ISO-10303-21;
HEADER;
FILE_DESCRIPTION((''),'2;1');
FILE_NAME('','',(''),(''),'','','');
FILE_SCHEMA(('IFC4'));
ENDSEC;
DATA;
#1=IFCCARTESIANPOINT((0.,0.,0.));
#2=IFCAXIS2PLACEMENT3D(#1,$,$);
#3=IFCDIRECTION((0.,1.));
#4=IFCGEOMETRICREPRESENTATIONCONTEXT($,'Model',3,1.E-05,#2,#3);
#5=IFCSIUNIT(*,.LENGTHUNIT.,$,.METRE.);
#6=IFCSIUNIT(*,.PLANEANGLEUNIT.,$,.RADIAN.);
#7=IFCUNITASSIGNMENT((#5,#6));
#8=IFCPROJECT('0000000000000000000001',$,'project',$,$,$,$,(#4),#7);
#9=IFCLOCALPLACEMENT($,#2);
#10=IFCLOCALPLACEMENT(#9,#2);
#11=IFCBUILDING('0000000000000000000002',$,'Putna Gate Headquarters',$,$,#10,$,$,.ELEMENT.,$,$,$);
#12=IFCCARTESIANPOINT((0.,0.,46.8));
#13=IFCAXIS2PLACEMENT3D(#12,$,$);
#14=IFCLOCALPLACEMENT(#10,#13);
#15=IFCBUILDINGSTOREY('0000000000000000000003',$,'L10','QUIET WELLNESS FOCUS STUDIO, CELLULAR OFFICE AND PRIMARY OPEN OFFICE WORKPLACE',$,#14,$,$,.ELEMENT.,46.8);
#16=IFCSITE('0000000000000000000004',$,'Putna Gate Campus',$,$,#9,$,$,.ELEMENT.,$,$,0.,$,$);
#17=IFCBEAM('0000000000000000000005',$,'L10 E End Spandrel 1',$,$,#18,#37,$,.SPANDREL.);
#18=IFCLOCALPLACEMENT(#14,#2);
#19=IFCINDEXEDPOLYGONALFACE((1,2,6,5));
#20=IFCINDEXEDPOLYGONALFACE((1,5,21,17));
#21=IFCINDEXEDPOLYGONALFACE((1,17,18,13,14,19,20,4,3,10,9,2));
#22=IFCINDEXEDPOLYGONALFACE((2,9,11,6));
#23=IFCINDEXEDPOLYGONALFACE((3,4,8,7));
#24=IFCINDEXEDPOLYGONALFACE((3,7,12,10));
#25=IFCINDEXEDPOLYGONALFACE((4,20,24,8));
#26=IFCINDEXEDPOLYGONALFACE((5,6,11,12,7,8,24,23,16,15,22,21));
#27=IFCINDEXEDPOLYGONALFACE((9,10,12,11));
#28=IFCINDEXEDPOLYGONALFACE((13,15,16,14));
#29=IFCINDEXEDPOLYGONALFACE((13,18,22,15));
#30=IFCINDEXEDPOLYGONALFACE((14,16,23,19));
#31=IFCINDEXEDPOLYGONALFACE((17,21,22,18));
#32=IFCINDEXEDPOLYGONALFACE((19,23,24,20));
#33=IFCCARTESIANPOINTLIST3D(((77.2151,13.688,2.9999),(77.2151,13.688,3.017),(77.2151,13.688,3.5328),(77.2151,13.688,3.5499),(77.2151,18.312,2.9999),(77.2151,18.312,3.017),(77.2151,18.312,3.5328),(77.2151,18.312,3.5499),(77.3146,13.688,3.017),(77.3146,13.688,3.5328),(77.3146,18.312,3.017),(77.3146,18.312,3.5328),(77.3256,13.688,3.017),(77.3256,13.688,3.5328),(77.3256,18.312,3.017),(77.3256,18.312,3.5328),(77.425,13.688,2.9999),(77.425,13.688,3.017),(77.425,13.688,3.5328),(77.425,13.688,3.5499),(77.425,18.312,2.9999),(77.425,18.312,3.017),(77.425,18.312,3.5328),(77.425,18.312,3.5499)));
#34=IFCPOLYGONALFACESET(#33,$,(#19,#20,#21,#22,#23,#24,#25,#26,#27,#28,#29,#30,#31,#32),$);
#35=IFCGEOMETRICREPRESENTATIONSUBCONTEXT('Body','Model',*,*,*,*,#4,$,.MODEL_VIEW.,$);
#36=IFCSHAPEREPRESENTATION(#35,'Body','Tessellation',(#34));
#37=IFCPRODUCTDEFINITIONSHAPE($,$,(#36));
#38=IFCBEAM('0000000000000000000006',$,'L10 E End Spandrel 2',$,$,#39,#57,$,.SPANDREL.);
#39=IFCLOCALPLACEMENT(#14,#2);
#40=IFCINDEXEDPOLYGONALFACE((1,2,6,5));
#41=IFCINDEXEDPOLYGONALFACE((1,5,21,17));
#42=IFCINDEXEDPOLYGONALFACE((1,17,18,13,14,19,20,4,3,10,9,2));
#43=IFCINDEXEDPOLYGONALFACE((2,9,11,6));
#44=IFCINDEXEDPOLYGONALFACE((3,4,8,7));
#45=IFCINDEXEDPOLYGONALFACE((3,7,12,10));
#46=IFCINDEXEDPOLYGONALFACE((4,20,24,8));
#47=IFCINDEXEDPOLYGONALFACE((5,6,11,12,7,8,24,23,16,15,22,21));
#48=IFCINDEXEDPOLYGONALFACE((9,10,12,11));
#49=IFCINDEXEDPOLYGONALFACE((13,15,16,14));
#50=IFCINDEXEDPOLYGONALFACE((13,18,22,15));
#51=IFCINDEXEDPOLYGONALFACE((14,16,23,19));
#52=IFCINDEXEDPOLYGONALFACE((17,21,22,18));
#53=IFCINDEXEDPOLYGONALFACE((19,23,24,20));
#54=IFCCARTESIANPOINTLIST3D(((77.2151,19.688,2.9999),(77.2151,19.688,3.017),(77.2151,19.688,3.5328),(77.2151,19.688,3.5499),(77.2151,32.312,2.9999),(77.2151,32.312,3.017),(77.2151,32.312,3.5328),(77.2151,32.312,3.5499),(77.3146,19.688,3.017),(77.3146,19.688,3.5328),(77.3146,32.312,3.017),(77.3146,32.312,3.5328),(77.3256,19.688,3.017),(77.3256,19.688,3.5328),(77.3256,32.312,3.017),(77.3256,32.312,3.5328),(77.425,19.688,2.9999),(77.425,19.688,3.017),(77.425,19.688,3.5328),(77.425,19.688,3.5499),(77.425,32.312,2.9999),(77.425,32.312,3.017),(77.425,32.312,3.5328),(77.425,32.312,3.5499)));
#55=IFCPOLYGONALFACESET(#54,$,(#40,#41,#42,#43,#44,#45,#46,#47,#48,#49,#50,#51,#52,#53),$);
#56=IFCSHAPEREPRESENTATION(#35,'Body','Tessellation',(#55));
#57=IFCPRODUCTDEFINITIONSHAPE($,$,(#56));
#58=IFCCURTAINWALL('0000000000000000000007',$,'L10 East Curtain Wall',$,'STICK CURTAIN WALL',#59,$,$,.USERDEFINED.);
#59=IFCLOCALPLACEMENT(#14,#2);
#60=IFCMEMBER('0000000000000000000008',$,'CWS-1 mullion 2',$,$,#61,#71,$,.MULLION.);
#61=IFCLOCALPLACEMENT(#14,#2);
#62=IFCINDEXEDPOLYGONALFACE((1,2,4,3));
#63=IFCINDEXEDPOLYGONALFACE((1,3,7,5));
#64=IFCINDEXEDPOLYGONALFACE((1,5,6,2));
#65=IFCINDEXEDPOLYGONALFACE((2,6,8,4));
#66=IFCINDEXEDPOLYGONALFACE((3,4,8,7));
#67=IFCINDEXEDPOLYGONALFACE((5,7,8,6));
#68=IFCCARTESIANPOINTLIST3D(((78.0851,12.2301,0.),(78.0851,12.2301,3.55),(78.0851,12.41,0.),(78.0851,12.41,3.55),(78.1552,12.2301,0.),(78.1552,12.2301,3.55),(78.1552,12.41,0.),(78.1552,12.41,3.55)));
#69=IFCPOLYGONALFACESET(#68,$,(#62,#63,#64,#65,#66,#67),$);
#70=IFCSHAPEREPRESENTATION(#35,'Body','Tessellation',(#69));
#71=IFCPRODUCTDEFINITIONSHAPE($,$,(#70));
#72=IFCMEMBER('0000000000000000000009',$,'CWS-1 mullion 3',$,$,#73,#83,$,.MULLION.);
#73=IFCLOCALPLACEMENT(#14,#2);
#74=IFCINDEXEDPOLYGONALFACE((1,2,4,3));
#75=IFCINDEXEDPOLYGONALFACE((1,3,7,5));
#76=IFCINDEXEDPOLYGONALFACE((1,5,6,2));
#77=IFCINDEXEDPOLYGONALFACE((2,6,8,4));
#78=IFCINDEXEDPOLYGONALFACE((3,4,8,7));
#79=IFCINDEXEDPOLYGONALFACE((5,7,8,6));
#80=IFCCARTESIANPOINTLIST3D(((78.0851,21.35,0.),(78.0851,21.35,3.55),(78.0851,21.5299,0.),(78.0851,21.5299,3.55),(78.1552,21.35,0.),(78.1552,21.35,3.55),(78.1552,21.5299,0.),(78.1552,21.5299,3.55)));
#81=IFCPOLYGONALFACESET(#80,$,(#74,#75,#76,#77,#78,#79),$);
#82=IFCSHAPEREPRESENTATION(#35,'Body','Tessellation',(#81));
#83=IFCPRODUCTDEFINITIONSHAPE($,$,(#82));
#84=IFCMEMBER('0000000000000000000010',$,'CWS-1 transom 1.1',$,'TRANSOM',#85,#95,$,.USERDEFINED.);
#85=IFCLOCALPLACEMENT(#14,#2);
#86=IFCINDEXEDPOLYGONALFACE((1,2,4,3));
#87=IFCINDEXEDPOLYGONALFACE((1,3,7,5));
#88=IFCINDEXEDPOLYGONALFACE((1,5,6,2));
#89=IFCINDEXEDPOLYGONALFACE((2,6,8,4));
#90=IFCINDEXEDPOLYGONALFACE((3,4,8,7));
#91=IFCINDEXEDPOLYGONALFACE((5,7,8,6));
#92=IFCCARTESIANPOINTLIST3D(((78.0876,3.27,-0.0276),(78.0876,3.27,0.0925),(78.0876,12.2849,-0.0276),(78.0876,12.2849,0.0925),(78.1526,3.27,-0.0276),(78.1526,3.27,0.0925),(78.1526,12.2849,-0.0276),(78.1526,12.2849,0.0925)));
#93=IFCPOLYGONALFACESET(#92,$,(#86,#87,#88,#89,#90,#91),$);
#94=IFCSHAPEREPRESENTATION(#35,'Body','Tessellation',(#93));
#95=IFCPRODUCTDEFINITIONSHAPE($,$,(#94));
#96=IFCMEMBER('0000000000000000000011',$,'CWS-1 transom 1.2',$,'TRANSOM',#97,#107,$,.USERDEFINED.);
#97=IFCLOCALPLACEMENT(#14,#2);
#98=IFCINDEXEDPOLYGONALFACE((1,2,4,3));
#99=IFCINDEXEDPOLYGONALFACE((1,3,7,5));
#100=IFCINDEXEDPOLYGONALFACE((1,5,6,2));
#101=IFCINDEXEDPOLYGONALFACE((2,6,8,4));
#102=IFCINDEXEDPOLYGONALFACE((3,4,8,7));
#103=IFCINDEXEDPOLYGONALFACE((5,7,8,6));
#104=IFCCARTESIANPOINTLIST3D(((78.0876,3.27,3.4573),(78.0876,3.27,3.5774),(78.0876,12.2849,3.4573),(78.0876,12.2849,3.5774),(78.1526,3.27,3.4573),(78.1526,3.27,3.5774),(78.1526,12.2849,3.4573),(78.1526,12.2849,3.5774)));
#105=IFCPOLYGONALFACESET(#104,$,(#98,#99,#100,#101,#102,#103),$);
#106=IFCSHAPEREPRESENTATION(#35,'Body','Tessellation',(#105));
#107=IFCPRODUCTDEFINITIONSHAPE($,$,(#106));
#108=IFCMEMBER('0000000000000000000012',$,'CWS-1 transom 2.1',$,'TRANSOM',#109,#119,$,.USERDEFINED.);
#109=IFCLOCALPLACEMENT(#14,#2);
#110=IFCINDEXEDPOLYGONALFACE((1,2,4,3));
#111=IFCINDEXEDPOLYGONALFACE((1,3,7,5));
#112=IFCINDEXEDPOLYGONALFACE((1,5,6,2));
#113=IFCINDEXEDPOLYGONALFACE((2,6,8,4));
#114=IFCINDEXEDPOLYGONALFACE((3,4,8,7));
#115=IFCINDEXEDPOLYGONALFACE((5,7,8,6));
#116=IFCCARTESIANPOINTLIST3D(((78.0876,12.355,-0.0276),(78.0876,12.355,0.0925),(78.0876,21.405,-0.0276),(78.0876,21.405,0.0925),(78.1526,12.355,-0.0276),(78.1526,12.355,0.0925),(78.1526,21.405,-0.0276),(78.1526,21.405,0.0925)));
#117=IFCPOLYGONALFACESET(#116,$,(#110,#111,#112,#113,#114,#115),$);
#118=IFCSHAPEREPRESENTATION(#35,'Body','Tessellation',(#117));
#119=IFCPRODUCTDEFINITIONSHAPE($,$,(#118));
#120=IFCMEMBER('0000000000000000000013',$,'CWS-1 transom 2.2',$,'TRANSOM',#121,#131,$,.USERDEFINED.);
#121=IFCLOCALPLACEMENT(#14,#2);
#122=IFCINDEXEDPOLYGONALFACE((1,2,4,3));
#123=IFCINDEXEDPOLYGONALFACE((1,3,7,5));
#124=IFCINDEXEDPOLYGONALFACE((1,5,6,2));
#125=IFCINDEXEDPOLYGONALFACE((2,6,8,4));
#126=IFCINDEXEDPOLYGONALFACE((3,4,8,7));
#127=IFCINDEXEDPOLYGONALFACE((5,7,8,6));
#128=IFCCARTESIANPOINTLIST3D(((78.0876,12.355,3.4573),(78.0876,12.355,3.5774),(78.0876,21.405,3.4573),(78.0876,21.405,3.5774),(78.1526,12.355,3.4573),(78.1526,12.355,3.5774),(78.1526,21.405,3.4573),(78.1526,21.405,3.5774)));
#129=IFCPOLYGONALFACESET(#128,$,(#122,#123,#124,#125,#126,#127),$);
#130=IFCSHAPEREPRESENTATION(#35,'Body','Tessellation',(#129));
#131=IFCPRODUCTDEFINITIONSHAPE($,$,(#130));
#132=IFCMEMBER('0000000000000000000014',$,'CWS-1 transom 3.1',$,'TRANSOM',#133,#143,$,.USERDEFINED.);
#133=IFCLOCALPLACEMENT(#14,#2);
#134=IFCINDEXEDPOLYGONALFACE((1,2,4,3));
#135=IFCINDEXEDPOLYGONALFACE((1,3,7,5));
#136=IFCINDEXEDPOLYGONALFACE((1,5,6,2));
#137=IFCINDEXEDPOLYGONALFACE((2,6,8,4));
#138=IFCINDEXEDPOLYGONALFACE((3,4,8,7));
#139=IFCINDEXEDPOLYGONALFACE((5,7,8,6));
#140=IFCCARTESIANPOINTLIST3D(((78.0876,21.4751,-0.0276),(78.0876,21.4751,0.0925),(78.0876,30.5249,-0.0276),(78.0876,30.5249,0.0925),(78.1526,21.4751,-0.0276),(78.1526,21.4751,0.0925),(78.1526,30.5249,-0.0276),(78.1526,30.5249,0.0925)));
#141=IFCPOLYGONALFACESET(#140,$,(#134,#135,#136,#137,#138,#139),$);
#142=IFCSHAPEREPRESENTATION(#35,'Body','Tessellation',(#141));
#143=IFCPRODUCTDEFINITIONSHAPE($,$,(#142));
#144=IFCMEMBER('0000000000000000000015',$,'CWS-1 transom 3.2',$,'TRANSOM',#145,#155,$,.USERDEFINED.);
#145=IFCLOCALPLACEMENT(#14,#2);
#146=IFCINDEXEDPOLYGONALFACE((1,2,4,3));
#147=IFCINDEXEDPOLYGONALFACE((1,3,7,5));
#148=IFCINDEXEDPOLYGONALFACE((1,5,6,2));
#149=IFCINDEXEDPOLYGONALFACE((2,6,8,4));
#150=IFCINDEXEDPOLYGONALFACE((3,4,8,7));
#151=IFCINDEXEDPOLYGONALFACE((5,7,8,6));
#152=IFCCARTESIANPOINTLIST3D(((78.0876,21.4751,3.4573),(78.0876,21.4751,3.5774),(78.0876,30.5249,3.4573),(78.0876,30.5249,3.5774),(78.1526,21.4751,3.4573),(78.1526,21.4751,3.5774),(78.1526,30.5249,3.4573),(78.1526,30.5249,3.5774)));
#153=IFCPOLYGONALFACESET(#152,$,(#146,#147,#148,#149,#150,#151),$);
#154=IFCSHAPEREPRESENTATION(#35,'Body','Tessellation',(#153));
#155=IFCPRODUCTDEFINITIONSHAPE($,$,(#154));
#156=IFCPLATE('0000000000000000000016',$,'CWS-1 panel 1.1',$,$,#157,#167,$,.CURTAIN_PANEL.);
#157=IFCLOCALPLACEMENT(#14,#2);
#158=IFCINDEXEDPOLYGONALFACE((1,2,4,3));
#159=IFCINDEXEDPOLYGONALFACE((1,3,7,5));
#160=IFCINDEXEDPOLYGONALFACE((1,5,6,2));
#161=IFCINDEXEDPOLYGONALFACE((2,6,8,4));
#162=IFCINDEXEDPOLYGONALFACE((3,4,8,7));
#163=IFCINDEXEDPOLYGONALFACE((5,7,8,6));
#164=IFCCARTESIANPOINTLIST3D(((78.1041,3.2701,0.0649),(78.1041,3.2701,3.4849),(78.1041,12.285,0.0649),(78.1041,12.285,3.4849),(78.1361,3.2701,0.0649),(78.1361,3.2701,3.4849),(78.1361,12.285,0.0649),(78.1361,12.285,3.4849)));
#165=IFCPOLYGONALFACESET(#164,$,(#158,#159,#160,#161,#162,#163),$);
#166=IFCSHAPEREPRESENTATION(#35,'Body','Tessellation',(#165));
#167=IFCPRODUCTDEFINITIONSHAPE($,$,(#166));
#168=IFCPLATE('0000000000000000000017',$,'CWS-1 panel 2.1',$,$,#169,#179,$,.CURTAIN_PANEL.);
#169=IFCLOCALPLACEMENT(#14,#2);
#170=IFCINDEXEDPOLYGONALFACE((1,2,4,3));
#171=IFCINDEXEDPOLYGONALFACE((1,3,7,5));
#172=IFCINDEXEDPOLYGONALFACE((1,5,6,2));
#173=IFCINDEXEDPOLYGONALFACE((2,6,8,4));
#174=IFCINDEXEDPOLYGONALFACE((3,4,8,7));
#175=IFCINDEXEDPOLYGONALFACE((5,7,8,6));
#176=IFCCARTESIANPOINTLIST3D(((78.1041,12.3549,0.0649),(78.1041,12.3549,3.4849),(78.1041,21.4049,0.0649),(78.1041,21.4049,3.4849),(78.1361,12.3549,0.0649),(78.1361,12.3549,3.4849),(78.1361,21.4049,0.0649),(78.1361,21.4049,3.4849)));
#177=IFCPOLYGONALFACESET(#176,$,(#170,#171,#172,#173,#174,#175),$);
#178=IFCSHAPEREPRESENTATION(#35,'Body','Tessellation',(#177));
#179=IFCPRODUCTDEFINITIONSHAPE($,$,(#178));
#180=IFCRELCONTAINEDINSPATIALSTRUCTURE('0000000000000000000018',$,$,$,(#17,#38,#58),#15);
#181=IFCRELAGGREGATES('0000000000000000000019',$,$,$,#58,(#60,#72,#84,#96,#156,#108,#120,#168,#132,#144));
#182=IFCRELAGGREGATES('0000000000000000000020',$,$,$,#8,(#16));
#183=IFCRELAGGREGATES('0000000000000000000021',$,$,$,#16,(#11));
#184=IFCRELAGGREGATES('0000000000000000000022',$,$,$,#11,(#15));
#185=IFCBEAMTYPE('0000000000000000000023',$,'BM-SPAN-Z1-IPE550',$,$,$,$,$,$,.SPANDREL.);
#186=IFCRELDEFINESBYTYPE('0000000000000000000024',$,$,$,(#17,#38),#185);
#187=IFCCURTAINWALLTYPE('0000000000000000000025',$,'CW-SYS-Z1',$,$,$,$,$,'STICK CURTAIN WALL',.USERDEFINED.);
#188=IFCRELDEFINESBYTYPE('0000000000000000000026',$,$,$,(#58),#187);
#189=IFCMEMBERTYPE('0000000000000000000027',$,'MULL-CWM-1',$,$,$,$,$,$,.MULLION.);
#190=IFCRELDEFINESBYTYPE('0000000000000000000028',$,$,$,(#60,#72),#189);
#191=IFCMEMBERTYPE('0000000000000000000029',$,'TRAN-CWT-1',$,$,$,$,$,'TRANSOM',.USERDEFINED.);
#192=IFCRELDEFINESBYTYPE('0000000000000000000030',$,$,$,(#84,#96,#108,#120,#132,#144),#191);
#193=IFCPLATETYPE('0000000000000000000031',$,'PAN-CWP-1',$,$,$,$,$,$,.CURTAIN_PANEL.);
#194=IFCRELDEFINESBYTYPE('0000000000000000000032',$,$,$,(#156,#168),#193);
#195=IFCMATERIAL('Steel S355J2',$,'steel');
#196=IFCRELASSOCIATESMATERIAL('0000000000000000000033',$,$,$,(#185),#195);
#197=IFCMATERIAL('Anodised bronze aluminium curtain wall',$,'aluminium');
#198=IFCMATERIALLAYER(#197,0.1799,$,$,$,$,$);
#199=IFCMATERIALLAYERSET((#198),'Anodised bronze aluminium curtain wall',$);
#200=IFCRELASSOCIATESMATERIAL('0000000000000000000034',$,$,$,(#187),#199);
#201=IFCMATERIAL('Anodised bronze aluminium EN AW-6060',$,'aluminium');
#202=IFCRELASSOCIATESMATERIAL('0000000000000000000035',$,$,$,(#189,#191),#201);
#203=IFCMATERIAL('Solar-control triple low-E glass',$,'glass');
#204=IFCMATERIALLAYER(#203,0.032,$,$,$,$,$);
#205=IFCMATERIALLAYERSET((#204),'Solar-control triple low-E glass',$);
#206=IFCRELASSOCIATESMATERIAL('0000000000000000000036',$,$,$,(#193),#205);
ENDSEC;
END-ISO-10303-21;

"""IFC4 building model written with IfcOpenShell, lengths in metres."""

from ifc_helpers import new_model, si_unit, direction, frame, origin, origin_2d, place, context, subcontext, project, spatial, rectangle, i_section, extrude, material, layer, layer_set, material_profile, profile_set, type_object, element, aggregate, save


model = new_model("IFC4")

# Units and contexts
model_context = context("Model", 3, precision=1e-05, world=origin(), true_north=direction((0.0, 1.0)))
body_context = subcontext(model_context, "Body", "Model", "MODEL_VIEW")
ifc_project = project(units=[si_unit("LENGTHUNIT", "METRE"), si_unit("PLANEANGLEUNIT", "RADIAN")], contexts=[model_context])

# Site, building, storey
site_placement = place(None, origin())
site = spatial("IfcSite", under=ifc_project, at=site_placement, Name="Putna Gate Campus", CompositionType="ELEMENT", RefElevation=0.0)
building_placement = place(site_placement, origin())
building = spatial("IfcBuilding", under=site, at=building_placement, Name="Putna Gate Headquarters", CompositionType="ELEMENT")
storey_placement = place(building_placement, frame((0.0, 0.0, 46.8)))
storey = spatial("IfcBuildingStorey", under=building, at=storey_placement, Name="L10", Description="QUIET WELLNESS FOCUS STUDIO, CELLULAR OFFICE AND PRIMARY OPEN OFFICE WORKPLACE", CompositionType="ELEMENT", Elevation=46.8)

# Beams
ifc_material_1 = material(Name="Steel S355J2", Category="steel")
ifc_material_profile_1 = material_profile(ifc_material_1, i_section(OverallWidth=0.21, OverallDepth=0.55, WebThickness=0.011, FlangeThickness=0.0171, at=origin_2d()), Name="Steel S355J2")
ifc_profile_set_1 = profile_set([ifc_material_profile_1], Name="Steel S355J2")
beam_type_1 = type_object("IfcBeamType", Name="BM-SPAN-Z1-IPE550", PredefinedType="SPANDREL", material=ifc_profile_set_1)
beam_1_placement = place(storey_placement, frame((77.3201, 13.688, 3.2749), z_axis=(0.0, 1.0, 0.0), x_axis=(-1.0, 0.0, 0.0)))
element("IfcBeam", 1, at=beam_1_placement, inside=storey, type_object=beam_type_1, Name="L10 E End Spandrel 1", PredefinedType="SPANDREL", context=body_context, shape_type="SweptSolid", body=[
    extrude(i_section(OverallWidth=0.21, OverallDepth=0.55, WebThickness=0.011, FlangeThickness=0.0171, at=origin_2d()), origin(), (0.0, 0.0, 1.0), 4.624),
])
beam_2_placement = place(storey_placement, frame((77.3201, 19.688, 3.2749), z_axis=(0.0, 1.0, 0.0), x_axis=(-1.0, 0.0, 0.0)))
element("IfcBeam", 2, at=beam_2_placement, inside=storey, type_object=beam_type_1, Name="L10 E End Spandrel 2", PredefinedType="SPANDREL", context=body_context, shape_type="SweptSolid", body=[
    extrude(i_section(OverallWidth=0.21, OverallDepth=0.55, WebThickness=0.011, FlangeThickness=0.0171, at=origin_2d()), origin(), (0.0, 0.0, 1.0), 12.624),
])

# Curtain wall, members, plates
ifc_material_2 = material(Name="Anodised bronze aluminium curtain wall", Category="aluminium")
ifc_layer_1 = layer(ifc_material_2, 0.1799)
ifc_layer_set_1 = layer_set([ifc_layer_1], Name="Anodised bronze aluminium curtain wall")
curtain_wall_type = type_object("IfcCurtainWallType", Name="CW-SYS-Z1", ElementType="STICK CURTAIN WALL", PredefinedType="USERDEFINED", material=ifc_layer_set_1)
curtain_wall_placement = place(storey_placement, origin())
curtain_wall = element("IfcCurtainWall", 3, at=curtain_wall_placement, inside=storey, type_object=curtain_wall_type, Name="L10 East Curtain Wall", ObjectType="STICK CURTAIN WALL", PredefinedType="USERDEFINED")
ifc_material_3 = material(Name="Anodised bronze aluminium EN AW-6060", Category="aluminium")
ifc_material_profile_2 = material_profile(ifc_material_3, rectangle(XDim=0.0701, YDim=0.1799, at=origin_2d()), Name="Anodised bronze aluminium EN AW-6060")
ifc_profile_set_2 = profile_set([ifc_material_profile_2], Name="Anodised bronze aluminium EN AW-6060")
member_type_1 = type_object("IfcMemberType", Name="MULL-CWM-1", PredefinedType="MULLION", material=ifc_profile_set_2)
member_1_placement = place(storey_placement, frame((78.1201, 12.3201, 0.0), z_axis=(0.0, 0.0, 1.0), x_axis=(-1.0, 0.0, 0.0)))
member_1 = element("IfcMember", 4, at=member_1_placement, type_object=member_type_1, Name="CWS-1 mullion 2", PredefinedType="MULLION", context=body_context, shape_type="SweptSolid", body=[
    extrude(rectangle(XDim=0.0701, YDim=0.1799, at=origin_2d()), origin(), (0.0, 0.0, 1.0), 3.55),
])
member_2_placement = place(storey_placement, frame((78.1201, 21.4399, 0.0), z_axis=(0.0, 0.0, 1.0), x_axis=(-1.0, 0.0, 0.0)))
member_2 = element("IfcMember", 5, at=member_2_placement, type_object=member_type_1, Name="CWS-1 mullion 3", PredefinedType="MULLION", context=body_context, shape_type="SweptSolid", body=[
    extrude(rectangle(XDim=0.0701, YDim=0.1799, at=origin_2d()), origin(), (0.0, 0.0, 1.0), 3.55),
])
ifc_material_profile_3 = material_profile(ifc_material_3, rectangle(XDim=0.0649, YDim=0.1201, at=origin_2d()), Name="Anodised bronze aluminium EN AW-6060")
ifc_profile_set_3 = profile_set([ifc_material_profile_3], Name="Anodised bronze aluminium EN AW-6060")
member_type_2 = type_object("IfcMemberType", Name="TRAN-CWT-1", ElementType="TRANSOM", PredefinedType="USERDEFINED", material=ifc_profile_set_3)
member_3_placement = place(storey_placement, frame((78.1201, 3.27, 0.0325), z_axis=(0.0, 1.0, 0.0), x_axis=(-1.0, 0.0, 0.0)))
member_3 = element("IfcMember", 6, at=member_3_placement, type_object=member_type_2, Name="CWS-1 transom 1.1", ObjectType="TRANSOM", PredefinedType="USERDEFINED", context=body_context, shape_type="SweptSolid", body=[
    extrude(rectangle(XDim=0.0649, YDim=0.1201, at=origin_2d()), origin(), (0.0, 0.0, 1.0), 9.0149),
])
member_4_placement = place(storey_placement, frame((78.1201, 3.27, 3.5173), z_axis=(0.0, 1.0, 0.0), x_axis=(-1.0, 0.0, 0.0)))
member_4 = element("IfcMember", 7, at=member_4_placement, type_object=member_type_2, Name="CWS-1 transom 1.2", ObjectType="TRANSOM", PredefinedType="USERDEFINED", context=body_context, shape_type="SweptSolid", body=[
    extrude(rectangle(XDim=0.0649, YDim=0.1201, at=origin_2d()), origin(), (0.0, 0.0, 1.0), 9.0149),
])
member_5_placement = place(storey_placement, frame((78.1201, 12.355, 0.0325), z_axis=(0.0, 1.0, 0.0), x_axis=(-1.0, 0.0, 0.0)))
member_5 = element("IfcMember", 8, at=member_5_placement, type_object=member_type_2, Name="CWS-1 transom 2.1", ObjectType="TRANSOM", PredefinedType="USERDEFINED", context=body_context, shape_type="SweptSolid", body=[
    extrude(rectangle(XDim=0.0649, YDim=0.1201, at=origin_2d()), origin(), (0.0, 0.0, 1.0), 9.05),
])
member_6_placement = place(storey_placement, frame((78.1201, 12.355, 3.5173), z_axis=(0.0, 1.0, 0.0), x_axis=(-1.0, 0.0, 0.0)))
member_6 = element("IfcMember", 9, at=member_6_placement, type_object=member_type_2, Name="CWS-1 transom 2.2", ObjectType="TRANSOM", PredefinedType="USERDEFINED", context=body_context, shape_type="SweptSolid", body=[
    extrude(rectangle(XDim=0.0649, YDim=0.1201, at=origin_2d()), origin(), (0.0, 0.0, 1.0), 9.05),
])
member_7_placement = place(storey_placement, frame((78.1201, 21.4751, 0.0325), z_axis=(0.0, 1.0, 0.0), x_axis=(-1.0, 0.0, 0.0)))
member_7 = element("IfcMember", 10, at=member_7_placement, type_object=member_type_2, Name="CWS-1 transom 3.1", ObjectType="TRANSOM", PredefinedType="USERDEFINED", context=body_context, shape_type="SweptSolid", body=[
    extrude(rectangle(XDim=0.0649, YDim=0.1201, at=origin_2d()), origin(), (0.0, 0.0, 1.0), 9.0498),
])
member_8_placement = place(storey_placement, frame((78.1201, 21.4751, 3.5173), z_axis=(0.0, 1.0, 0.0), x_axis=(-1.0, 0.0, 0.0)))
member_8 = element("IfcMember", 11, at=member_8_placement, type_object=member_type_2, Name="CWS-1 transom 3.2", ObjectType="TRANSOM", PredefinedType="USERDEFINED", context=body_context, shape_type="SweptSolid", body=[
    extrude(rectangle(XDim=0.0649, YDim=0.1201, at=origin_2d()), origin(), (0.0, 0.0, 1.0), 9.0498),
])
ifc_material_4 = material(Name="Solar-control triple low-E glass", Category="glass")
ifc_layer_2 = layer(ifc_material_4, 0.032)
ifc_layer_set_2 = layer_set([ifc_layer_2], Name="Solar-control triple low-E glass")
plate_type = type_object("IfcPlateType", Name="PAN-CWP-1", PredefinedType="CURTAIN_PANEL", material=ifc_layer_set_2)
plate_1_placement = place(storey_placement, frame((78.1201, 7.7776, 0.0649), z_axis=(0.0, 0.0, 1.0), x_axis=(0.0, 1.0, 0.0)))
plate_1 = element("IfcPlate", 12, at=plate_1_placement, type_object=plate_type, Name="CWS-1 panel 1.1", PredefinedType="CURTAIN_PANEL", context=body_context, shape_type="SweptSolid", body=[
    extrude(rectangle(XDim=9.0149, YDim=0.032, at=origin_2d()), origin(), (0.0, 0.0, 1.0), 3.4199),
])
plate_2_placement = place(storey_placement, frame((78.1201, 16.8799, 0.0649), z_axis=(0.0, 0.0, 1.0), x_axis=(0.0, 1.0, 0.0)))
plate_2 = element("IfcPlate", 13, at=plate_2_placement, type_object=plate_type, Name="CWS-1 panel 2.1", PredefinedType="CURTAIN_PANEL", context=body_context, shape_type="SweptSolid", body=[
    extrude(rectangle(XDim=9.05, YDim=0.032, at=origin_2d()), origin(), (0.0, 0.0, 1.0), 3.4199),
])
aggregate(curtain_wall, [member_1, member_2, member_3, member_4, plate_1, member_5, member_6, plate_2, member_7, member_8])

save(model, "model.ifc")
